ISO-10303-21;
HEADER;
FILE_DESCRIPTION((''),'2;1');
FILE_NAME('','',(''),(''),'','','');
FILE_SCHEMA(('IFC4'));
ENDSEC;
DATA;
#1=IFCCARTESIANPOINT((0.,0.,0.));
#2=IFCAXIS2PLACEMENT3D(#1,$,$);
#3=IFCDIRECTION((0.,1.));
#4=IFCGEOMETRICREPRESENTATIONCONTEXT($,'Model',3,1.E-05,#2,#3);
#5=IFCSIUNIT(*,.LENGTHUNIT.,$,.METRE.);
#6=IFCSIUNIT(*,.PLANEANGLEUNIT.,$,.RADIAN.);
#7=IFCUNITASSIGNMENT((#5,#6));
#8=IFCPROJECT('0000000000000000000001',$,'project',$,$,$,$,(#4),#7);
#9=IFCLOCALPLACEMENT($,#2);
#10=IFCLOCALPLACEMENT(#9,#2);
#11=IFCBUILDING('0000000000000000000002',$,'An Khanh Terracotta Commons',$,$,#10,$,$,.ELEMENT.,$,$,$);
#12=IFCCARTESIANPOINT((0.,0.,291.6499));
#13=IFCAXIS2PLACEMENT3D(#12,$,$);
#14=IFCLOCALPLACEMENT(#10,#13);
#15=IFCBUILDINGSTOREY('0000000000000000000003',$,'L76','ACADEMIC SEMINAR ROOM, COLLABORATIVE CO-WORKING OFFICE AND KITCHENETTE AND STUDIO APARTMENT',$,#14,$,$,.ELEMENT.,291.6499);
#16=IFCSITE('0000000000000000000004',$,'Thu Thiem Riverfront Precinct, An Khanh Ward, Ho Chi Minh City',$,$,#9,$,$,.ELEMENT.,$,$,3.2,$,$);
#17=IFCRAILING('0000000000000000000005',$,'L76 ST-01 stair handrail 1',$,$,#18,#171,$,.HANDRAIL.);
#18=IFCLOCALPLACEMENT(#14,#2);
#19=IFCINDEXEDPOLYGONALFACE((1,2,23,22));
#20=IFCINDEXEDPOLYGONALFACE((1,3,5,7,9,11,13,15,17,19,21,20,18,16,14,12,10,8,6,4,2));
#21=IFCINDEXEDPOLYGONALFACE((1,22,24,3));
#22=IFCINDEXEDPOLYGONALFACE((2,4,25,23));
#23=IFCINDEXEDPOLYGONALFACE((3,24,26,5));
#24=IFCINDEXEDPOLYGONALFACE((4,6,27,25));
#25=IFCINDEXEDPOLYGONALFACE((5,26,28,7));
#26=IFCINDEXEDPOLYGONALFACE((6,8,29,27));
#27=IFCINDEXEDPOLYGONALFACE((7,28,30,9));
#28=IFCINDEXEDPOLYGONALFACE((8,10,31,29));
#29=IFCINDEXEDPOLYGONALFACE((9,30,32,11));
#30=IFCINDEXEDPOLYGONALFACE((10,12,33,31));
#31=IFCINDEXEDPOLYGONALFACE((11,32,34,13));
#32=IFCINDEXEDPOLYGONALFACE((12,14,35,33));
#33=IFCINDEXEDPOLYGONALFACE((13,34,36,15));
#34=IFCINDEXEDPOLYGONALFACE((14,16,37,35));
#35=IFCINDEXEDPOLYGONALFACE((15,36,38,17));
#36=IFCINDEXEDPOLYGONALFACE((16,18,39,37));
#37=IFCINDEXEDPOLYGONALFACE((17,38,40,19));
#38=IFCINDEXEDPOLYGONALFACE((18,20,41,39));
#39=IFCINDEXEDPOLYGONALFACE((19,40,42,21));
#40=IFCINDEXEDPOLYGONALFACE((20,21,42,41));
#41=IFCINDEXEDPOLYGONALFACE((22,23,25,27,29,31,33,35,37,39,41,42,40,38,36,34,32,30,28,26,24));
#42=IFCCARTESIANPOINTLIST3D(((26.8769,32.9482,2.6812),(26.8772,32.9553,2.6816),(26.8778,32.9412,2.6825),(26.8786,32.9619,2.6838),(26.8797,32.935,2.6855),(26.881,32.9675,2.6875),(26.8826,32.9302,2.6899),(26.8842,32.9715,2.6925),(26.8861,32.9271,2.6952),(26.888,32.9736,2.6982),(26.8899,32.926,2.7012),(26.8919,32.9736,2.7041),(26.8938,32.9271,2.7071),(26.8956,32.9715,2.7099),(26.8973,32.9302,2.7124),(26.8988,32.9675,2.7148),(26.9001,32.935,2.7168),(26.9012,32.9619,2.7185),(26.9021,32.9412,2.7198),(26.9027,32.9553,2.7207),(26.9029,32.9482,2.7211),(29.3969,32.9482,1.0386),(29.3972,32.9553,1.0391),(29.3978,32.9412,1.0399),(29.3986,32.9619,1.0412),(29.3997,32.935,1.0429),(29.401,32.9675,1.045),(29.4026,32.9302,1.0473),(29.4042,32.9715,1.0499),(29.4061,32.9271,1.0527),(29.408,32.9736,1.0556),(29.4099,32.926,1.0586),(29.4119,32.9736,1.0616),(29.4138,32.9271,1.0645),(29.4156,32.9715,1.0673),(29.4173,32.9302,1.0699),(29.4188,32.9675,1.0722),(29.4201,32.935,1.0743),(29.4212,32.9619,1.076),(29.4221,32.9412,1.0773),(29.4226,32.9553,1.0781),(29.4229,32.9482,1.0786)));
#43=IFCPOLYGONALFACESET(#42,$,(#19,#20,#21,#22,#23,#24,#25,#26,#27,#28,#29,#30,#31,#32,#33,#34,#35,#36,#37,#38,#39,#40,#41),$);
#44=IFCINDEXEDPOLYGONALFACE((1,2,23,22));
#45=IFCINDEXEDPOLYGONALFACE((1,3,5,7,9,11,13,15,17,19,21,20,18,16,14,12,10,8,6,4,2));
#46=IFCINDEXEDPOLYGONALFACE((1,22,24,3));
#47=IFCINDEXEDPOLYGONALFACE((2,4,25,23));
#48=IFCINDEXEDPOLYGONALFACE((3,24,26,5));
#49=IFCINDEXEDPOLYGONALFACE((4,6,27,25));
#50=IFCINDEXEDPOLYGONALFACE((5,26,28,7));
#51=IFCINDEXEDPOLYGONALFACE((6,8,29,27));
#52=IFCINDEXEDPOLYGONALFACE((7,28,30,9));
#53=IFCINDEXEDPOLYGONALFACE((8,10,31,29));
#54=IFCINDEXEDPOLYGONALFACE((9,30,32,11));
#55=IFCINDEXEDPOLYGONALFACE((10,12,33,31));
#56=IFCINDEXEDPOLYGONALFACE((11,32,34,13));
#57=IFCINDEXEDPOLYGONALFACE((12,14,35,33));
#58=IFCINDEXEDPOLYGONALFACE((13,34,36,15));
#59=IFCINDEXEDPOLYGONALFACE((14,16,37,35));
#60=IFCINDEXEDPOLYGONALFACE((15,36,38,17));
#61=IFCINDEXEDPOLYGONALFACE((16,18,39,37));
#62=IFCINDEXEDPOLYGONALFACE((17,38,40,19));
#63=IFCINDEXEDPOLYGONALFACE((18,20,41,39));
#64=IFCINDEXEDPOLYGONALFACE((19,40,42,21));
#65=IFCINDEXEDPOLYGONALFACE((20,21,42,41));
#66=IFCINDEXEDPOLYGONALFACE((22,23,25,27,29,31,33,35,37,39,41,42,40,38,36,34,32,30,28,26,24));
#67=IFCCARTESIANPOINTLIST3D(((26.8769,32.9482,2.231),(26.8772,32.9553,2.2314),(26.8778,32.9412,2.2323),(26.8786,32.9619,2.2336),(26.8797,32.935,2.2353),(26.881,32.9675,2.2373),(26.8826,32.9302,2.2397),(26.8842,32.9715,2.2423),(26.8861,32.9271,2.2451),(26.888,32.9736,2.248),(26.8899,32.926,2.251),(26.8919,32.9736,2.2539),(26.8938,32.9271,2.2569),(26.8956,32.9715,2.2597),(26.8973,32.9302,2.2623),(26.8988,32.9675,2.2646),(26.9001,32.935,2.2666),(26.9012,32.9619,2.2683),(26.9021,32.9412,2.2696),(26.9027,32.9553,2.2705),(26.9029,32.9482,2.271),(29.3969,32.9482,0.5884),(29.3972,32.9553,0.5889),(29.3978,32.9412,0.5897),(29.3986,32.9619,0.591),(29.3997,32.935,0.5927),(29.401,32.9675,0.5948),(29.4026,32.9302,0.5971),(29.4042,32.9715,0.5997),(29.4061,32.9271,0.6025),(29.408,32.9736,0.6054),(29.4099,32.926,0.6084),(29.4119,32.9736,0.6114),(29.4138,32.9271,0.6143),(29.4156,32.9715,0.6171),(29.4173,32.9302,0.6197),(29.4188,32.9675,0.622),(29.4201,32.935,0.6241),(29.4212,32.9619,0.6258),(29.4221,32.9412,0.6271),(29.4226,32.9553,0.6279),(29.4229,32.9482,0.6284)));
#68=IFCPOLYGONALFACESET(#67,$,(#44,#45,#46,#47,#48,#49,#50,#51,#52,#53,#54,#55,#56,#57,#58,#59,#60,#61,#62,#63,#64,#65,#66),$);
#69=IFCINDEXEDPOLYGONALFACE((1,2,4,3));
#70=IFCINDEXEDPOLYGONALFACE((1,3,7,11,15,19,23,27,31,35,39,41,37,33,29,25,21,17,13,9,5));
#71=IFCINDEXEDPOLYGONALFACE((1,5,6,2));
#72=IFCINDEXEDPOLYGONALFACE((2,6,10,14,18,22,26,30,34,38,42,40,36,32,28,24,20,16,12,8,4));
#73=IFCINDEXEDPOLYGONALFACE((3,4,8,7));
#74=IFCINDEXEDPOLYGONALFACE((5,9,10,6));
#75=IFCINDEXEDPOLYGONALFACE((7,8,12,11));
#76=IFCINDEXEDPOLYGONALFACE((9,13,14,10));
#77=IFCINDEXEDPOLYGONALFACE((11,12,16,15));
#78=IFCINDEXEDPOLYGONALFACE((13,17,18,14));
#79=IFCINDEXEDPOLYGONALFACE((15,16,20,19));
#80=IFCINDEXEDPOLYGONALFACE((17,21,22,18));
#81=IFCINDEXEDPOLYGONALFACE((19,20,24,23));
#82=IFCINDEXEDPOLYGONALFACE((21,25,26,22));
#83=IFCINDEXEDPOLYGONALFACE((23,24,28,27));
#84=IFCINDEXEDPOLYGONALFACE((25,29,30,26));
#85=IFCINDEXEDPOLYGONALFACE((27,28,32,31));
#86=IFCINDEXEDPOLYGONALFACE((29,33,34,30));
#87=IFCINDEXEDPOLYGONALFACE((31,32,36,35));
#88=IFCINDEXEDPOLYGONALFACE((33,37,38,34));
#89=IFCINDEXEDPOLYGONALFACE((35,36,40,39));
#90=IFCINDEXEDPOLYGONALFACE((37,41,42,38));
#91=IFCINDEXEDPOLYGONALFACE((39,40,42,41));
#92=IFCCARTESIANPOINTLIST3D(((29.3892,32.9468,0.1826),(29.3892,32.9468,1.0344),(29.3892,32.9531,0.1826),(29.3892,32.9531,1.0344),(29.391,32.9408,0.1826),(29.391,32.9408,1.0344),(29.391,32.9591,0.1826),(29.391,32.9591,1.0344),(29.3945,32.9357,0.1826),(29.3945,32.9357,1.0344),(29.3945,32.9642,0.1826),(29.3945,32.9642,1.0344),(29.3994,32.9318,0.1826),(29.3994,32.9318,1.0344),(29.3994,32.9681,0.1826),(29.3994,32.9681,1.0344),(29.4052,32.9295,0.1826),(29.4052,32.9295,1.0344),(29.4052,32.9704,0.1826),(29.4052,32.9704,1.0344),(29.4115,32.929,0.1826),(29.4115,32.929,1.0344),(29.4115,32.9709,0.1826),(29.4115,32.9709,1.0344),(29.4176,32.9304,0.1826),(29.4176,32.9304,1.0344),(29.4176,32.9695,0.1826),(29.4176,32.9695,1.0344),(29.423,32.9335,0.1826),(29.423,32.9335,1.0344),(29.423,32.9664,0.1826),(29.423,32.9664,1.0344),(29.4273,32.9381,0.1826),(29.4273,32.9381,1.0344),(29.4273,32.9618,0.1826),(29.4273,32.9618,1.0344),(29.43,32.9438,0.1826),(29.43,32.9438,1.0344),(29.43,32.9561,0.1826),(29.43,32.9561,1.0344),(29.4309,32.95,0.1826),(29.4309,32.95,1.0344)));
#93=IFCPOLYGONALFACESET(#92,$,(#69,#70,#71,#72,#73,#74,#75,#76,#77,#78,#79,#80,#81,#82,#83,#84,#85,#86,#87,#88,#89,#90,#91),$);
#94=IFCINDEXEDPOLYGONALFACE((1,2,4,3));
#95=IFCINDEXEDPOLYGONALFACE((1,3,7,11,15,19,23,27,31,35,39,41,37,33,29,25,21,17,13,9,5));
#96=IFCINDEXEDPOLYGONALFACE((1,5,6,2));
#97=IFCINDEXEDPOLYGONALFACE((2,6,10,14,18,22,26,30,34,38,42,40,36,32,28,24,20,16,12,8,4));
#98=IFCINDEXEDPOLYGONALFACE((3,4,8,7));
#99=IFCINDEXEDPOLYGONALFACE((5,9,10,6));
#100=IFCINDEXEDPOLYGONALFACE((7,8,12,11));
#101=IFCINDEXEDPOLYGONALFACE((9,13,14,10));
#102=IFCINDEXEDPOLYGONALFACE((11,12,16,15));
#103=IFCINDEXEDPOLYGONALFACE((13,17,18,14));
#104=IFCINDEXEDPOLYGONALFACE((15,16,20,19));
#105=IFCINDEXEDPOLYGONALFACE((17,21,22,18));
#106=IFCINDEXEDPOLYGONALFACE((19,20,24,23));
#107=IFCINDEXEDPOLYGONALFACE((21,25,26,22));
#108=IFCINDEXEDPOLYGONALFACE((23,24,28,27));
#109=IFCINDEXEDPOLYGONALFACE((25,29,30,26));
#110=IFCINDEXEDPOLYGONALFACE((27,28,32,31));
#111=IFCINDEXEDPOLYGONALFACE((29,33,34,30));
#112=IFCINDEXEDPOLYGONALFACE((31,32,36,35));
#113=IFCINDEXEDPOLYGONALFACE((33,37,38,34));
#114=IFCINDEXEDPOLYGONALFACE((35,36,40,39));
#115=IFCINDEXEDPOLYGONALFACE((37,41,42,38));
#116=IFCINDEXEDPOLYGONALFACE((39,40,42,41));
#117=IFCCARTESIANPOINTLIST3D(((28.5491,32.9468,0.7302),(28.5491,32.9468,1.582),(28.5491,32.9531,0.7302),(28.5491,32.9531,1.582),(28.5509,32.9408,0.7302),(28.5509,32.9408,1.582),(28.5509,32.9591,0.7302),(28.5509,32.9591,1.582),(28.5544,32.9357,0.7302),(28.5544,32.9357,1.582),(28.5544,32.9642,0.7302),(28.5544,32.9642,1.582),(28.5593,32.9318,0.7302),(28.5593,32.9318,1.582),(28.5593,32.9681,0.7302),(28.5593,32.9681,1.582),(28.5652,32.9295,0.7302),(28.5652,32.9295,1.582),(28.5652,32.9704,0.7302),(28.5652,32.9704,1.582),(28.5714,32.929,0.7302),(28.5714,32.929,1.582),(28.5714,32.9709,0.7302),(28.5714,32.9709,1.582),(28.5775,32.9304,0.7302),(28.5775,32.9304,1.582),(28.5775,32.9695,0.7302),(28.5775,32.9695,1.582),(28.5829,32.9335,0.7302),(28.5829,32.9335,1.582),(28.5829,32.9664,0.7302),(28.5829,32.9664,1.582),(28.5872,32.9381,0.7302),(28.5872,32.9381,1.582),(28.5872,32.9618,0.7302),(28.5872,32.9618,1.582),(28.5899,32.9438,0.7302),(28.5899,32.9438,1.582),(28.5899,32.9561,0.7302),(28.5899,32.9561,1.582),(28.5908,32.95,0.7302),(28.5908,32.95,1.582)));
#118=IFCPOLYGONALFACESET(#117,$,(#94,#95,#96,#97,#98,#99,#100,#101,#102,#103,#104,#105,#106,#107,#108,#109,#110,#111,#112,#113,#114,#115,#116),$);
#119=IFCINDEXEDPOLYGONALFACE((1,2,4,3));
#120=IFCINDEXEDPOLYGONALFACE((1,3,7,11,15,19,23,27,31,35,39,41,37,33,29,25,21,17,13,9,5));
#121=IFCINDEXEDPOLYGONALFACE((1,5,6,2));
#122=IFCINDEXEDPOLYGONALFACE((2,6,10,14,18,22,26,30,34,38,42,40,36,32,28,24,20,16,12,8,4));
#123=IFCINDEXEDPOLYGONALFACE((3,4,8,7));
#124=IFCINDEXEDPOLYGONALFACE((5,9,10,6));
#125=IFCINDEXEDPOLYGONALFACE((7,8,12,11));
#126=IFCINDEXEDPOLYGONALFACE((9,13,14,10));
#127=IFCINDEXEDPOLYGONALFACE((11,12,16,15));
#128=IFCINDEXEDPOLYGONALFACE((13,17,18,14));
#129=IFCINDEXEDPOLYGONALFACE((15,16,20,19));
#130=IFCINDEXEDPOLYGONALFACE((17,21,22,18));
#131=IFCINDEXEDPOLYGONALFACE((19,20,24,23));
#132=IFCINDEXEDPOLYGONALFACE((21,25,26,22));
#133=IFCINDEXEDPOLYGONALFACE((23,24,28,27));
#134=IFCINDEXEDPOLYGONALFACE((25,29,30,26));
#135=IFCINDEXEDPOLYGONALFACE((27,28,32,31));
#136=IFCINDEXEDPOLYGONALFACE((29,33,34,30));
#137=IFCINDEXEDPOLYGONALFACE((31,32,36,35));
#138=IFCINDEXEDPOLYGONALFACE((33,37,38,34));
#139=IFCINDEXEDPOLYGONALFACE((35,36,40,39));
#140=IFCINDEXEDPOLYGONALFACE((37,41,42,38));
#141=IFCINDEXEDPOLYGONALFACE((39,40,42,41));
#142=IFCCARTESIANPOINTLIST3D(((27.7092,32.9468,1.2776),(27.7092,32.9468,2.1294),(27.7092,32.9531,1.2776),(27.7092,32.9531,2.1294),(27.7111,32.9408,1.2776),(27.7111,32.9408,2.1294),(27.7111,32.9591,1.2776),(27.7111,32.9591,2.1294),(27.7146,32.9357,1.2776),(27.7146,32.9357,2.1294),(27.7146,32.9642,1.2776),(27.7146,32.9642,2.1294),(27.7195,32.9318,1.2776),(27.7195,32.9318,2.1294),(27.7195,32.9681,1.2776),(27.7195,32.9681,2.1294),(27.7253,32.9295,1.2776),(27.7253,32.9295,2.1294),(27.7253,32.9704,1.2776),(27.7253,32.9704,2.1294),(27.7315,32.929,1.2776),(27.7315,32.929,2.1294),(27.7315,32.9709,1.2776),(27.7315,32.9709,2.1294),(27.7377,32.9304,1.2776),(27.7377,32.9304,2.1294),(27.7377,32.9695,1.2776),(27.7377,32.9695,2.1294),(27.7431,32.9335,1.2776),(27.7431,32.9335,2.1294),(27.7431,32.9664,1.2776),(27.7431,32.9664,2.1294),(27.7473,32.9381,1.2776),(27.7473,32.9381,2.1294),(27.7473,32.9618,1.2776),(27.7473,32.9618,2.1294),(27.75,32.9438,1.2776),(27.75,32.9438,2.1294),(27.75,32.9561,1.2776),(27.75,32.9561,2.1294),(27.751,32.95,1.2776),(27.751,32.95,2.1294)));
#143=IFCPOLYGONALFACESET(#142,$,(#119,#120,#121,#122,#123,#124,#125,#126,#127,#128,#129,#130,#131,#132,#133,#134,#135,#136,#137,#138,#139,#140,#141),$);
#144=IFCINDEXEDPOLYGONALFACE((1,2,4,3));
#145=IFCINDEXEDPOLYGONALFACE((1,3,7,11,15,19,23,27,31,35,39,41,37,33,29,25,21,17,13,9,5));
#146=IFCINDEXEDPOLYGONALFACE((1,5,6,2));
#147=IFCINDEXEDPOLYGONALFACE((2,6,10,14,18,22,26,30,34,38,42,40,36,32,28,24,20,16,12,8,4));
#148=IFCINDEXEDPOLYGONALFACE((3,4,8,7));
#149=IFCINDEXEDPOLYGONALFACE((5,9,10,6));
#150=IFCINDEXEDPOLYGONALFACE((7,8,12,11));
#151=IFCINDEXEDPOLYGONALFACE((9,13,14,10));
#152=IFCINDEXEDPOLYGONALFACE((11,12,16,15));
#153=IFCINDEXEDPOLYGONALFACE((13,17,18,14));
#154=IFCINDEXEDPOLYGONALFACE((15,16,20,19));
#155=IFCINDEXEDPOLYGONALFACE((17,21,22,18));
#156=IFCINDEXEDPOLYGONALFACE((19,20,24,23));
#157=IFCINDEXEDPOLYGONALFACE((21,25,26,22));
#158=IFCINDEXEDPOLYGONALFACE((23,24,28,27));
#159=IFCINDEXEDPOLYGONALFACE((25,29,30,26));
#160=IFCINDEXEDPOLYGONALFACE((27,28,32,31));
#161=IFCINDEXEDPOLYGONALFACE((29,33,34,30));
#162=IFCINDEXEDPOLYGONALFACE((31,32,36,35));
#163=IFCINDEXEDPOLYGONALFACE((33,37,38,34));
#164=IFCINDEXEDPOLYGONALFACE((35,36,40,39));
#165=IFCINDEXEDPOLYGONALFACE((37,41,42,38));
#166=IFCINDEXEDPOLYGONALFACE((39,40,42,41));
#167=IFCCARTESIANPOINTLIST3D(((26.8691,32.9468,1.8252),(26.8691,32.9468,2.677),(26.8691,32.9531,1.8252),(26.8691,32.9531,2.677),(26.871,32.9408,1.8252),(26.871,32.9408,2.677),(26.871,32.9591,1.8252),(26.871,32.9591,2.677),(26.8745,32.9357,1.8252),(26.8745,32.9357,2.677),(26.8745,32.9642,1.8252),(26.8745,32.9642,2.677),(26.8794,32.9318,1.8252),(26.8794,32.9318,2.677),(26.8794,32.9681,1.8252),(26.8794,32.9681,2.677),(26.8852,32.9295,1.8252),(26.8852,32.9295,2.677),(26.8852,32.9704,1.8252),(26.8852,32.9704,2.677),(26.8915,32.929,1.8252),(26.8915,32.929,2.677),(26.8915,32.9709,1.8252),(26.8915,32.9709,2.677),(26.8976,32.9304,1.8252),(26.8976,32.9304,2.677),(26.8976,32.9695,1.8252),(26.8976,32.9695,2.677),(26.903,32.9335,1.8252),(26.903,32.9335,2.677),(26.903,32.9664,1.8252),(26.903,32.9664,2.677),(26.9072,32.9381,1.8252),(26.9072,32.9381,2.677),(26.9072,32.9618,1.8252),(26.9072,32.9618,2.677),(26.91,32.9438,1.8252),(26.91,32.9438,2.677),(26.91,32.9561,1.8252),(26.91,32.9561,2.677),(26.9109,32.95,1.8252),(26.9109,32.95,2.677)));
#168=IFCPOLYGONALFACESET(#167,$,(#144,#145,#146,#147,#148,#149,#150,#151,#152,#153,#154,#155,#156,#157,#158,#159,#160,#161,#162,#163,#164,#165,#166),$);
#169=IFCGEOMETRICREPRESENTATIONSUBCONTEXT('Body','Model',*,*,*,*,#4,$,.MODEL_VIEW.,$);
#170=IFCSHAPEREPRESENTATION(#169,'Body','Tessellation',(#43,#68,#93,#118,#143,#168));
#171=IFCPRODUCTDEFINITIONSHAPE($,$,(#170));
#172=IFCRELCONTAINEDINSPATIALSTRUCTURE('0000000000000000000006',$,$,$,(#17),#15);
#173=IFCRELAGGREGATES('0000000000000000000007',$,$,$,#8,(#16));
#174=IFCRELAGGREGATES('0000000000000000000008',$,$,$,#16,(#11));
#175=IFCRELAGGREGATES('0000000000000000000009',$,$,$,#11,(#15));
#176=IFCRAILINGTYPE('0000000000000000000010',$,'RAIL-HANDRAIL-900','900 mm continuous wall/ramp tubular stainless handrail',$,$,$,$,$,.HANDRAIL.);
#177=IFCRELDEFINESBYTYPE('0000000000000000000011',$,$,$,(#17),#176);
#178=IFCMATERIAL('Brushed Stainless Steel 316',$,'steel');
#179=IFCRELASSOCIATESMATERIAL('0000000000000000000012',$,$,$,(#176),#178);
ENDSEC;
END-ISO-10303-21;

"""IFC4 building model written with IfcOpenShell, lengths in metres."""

from ifc_helpers import new_model, si_unit, direction, frame, origin, origin_2d, place, context, subcontext, project, spatial, circle, extrude, material, type_object, element, save


model = new_model("IFC4")

# Units and contexts
model_context = context("Model", 3, precision=1e-05, world=origin(), true_north=direction((0.0, 1.0)))
body_context = subcontext(model_context, "Body", "Model", "MODEL_VIEW")
ifc_project = project(units=[si_unit("LENGTHUNIT", "METRE"), si_unit("PLANEANGLEUNIT", "RADIAN")], contexts=[model_context])

# Site, building, storey
site_placement = place(None, origin())
site = spatial("IfcSite", under=ifc_project, at=site_placement, Name="Thu Thiem Riverfront Precinct, An Khanh Ward, Ho Chi Minh City", CompositionType="ELEMENT", RefElevation=3.2)
building_placement = place(site_placement, origin())
building = spatial("IfcBuilding", under=site, at=building_placement, Name="An Khanh Terracotta Commons", CompositionType="ELEMENT")
storey_placement = place(building_placement, frame((0.0, 0.0, 291.6499)))
storey = spatial("IfcBuildingStorey", under=building, at=storey_placement, Name="L76", Description="ACADEMIC SEMINAR ROOM, COLLABORATIVE CO-WORKING OFFICE AND KITCHENETTE AND STUDIO APARTMENT", CompositionType="ELEMENT", Elevation=291.6499)

# Railing
ifc_material_1 = material(Name="Brushed Stainless Steel 316", Category="steel")
railing_type_1 = type_object("IfcRailingType", Name="RAIL-HANDRAIL-900", Description="900 mm continuous wall/ramp tubular stainless handrail", PredefinedType="HANDRAIL", material=ifc_material_1)
railing_1_placement = place(storey_placement, frame((29.4099, 32.95, 0.1826)))
element("IfcRailing", 1, at=railing_1_placement, inside=storey, type_object=railing_type_1, Name="L76 ST-01 stair handrail 1", PredefinedType="HANDRAIL", context=body_context, shape_type="SweptSolid", body=[
    extrude(circle(Radius=0.0239, at=origin_2d()), frame((0.0, 0.0, 0.876), z_axis=(-0.837749, 0.0, 0.546055), x_axis=(0.0, -1.0, 0.0)), (0.0, 0.0, 1.0), 3.0081),
    extrude(circle(Radius=0.0239, at=origin_2d()), frame((0.0, 0.0, 0.4258), z_axis=(-0.837749, 0.0, 0.546055), x_axis=(0.0, -1.0, 0.0)), (0.0, 0.0, 1.0), 3.0081),
    extrude(circle(Radius=0.021, at=origin_2d()), origin(), (0.0, 0.0, 1.0), 0.8518),
    extrude(circle(Radius=0.021, at=origin_2d()), frame((-0.8401, 0.0, 0.5476)), (0.0, 0.0, 1.0), 0.8518),
    extrude(circle(Radius=0.021, at=origin_2d()), frame((-1.6799, 0.0, 1.095)), (0.0, 0.0, 1.0), 0.8518),
    extrude(circle(Radius=0.021, at=origin_2d()), frame((-2.52, 0.0, 1.6426)), (0.0, 0.0, 1.0), 0.8518),
])

save(model, "model.ifc")
